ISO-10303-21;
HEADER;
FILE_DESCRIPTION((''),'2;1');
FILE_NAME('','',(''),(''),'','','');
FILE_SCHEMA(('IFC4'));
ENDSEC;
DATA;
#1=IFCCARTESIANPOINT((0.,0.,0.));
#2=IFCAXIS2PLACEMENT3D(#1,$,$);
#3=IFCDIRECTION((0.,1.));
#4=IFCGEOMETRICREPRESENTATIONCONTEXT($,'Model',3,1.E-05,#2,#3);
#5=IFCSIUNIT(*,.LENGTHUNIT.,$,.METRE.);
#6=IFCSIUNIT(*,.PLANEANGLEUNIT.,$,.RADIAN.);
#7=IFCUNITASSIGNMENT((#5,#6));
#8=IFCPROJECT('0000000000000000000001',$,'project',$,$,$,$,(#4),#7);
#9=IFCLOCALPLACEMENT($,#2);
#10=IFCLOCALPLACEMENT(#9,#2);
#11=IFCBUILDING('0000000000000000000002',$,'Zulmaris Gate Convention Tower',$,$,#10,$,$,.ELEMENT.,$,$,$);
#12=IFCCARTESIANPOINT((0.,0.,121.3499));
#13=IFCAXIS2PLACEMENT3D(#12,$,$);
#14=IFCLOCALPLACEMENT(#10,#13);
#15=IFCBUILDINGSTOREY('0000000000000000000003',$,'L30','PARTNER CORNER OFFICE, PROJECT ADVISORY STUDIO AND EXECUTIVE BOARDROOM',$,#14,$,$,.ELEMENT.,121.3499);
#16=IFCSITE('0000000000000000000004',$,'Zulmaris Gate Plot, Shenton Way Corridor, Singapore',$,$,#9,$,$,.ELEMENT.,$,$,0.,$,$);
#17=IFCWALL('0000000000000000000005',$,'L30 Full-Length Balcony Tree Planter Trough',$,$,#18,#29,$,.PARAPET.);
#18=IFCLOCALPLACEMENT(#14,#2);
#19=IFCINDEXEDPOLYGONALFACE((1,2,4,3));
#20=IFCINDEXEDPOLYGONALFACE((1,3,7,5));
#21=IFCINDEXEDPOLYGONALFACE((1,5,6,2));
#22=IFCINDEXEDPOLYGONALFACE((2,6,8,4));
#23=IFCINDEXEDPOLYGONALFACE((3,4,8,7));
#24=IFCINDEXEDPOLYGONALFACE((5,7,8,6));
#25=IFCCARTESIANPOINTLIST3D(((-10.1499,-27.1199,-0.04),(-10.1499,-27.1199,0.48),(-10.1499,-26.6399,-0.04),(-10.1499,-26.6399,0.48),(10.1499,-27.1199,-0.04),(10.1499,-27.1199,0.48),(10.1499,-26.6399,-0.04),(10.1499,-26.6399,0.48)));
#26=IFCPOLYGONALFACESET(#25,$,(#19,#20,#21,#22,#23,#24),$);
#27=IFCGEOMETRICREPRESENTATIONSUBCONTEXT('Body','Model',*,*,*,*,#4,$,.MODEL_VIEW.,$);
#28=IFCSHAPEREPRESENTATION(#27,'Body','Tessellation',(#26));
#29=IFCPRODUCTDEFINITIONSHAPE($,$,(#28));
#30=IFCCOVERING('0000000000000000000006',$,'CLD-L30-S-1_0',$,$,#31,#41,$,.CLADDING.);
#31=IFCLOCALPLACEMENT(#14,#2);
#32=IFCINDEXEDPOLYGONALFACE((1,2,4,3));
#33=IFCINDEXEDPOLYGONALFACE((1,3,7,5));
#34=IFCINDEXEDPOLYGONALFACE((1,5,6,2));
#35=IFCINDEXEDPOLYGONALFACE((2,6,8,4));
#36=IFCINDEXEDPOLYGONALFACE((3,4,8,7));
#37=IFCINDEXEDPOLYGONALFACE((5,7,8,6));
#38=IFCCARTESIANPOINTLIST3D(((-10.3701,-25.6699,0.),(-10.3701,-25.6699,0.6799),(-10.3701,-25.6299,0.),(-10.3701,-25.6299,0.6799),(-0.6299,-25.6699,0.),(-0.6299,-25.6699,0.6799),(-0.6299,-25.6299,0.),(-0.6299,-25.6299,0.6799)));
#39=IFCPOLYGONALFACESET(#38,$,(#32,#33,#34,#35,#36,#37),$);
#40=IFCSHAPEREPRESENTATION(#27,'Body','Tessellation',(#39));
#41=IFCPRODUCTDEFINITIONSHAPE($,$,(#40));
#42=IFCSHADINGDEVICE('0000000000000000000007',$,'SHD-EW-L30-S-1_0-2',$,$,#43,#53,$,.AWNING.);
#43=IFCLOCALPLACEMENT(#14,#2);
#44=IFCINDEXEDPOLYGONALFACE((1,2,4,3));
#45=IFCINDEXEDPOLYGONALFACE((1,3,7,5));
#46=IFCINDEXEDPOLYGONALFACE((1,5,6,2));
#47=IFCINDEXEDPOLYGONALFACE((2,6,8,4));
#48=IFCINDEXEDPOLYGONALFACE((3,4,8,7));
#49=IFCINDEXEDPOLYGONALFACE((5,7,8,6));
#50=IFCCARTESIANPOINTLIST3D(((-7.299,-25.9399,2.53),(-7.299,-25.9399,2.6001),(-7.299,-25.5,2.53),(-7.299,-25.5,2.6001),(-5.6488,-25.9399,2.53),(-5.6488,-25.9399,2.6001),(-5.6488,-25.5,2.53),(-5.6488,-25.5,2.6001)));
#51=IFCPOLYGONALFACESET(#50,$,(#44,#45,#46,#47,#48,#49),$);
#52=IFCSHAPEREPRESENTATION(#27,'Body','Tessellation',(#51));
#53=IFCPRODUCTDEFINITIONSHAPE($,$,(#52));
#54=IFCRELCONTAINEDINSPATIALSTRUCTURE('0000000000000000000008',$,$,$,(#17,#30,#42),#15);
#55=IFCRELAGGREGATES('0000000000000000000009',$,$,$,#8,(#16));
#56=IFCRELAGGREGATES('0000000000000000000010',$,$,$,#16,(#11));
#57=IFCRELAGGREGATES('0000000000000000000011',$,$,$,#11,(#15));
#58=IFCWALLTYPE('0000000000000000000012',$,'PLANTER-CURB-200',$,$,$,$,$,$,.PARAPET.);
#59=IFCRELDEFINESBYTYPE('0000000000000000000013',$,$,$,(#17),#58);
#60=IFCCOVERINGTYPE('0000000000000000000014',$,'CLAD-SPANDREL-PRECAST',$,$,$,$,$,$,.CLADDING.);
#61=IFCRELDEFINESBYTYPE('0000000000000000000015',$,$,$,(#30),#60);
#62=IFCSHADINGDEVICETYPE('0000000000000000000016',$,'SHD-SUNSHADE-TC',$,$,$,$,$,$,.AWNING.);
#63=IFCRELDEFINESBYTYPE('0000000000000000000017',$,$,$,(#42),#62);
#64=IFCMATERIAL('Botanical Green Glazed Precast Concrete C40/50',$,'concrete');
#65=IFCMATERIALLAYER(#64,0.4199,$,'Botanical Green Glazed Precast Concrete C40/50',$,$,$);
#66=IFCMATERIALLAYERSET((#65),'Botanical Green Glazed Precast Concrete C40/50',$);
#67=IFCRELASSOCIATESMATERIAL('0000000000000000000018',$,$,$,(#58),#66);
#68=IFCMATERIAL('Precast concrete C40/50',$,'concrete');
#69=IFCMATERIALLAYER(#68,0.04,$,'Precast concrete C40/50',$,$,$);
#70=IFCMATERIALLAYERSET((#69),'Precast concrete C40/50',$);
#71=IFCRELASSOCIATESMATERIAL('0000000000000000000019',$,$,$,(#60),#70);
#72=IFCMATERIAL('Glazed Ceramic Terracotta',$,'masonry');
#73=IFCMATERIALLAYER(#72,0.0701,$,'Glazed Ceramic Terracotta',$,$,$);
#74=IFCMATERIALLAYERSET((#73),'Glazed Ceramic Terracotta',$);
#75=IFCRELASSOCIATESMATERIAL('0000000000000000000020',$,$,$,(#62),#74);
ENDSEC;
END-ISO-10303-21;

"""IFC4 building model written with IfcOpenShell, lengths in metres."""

from ifc_helpers import new_model, si_unit, direction, frame, frame_2d, origin, place, context, subcontext, project, spatial, rectangle, extrude, material, layer, layer_set, type_object, element, save


model = new_model("IFC4")

# Units and contexts
model_context = context("Model", 3, precision=1e-05, world=origin(), true_north=direction((0.0, 1.0)))
body_context = subcontext(model_context, "Body", "Model", "MODEL_VIEW")
ifc_project = project(units=[si_unit("LENGTHUNIT", "METRE"), si_unit("PLANEANGLEUNIT", "RADIAN")], contexts=[model_context])

# Site, building, storey
site_placement = place(None, origin())
site = spatial("IfcSite", under=ifc_project, at=site_placement, Name="Zulmaris Gate Plot, Shenton Way Corridor, Singapore", CompositionType="ELEMENT", RefElevation=0.0)
building_placement = place(site_placement, origin())
building = spatial("IfcBuilding", under=site, at=building_placement, Name="Zulmaris Gate Convention Tower", CompositionType="ELEMENT")
storey_placement = place(building_placement, frame((0.0, 0.0, 121.3499)))
storey = spatial("IfcBuildingStorey", under=building, at=storey_placement, Name="L30", Description="PARTNER CORNER OFFICE, PROJECT ADVISORY STUDIO AND EXECUTIVE BOARDROOM", CompositionType="ELEMENT", Elevation=121.3499)

# Wall
ifc_material_1 = material(Name="Botanical Green Glazed Precast Concrete C40/50", Category="concrete")
ifc_layer_1 = layer(ifc_material_1, 0.4199, Name="Botanical Green Glazed Precast Concrete C40/50")
ifc_layer_set_1 = layer_set([ifc_layer_1], Name="Botanical Green Glazed Precast Concrete C40/50")
wall_type_1 = type_object("IfcWallType", Name="PLANTER-CURB-200", PredefinedType="PARAPET", material=ifc_layer_set_1)
wall_1_placement = place(storey_placement, frame((-10.1499, -26.8799, -0.04), z_axis=(0.0, 0.0, 1.0), x_axis=(1.0, 0.0, 0.0)))
element("IfcWall", 1, at=wall_1_placement, inside=storey, type_object=wall_type_1, Name="L30 Full-Length Balcony Tree Planter Trough", PredefinedType="PARAPET", context=body_context, shape_type="SweptSolid", body=[
    extrude(rectangle(XDim=20.2998, YDim=0.48, at=frame_2d((10.1499, 0.0))), origin(), (0.0, 0.0, 1.0), 0.52),
])

# Shared definitions
ifc_material_2 = material(Name="Precast concrete C40/50", Category="concrete")

# Covering
ifc_layer_2 = layer(ifc_material_2, 0.04, Name="Precast concrete C40/50")
ifc_layer_set_2 = layer_set([ifc_layer_2], Name="Precast concrete C40/50")
covering_type = type_object("IfcCoveringType", Name="CLAD-SPANDREL-PRECAST", PredefinedType="CLADDING", material=ifc_layer_set_2)
covering_placement = place(storey_placement, frame((-10.3701, -25.6499, 0.0), z_axis=(0.0, 0.0, 1.0), x_axis=(1.0, 0.0, 0.0)))
element("IfcCovering", 2, at=covering_placement, inside=storey, type_object=covering_type, Name="CLD-L30-S-1_0", PredefinedType="CLADDING", context=body_context, shape_type="SweptSolid", body=[
    extrude(rectangle(XDim=9.7402, YDim=0.04, at=frame_2d((4.8701, 0.0))), origin(), (0.0, 0.0, 1.0), 0.6799),
])

# Shading device
ifc_material_3 = material(Name="Glazed Ceramic Terracotta", Category="masonry")
ifc_layer_3 = layer(ifc_material_3, 0.0701, Name="Glazed Ceramic Terracotta")
ifc_layer_set_3 = layer_set([ifc_layer_3], Name="Glazed Ceramic Terracotta")
shading_device_type = type_object("IfcShadingDeviceType", Name="SHD-SUNSHADE-TC", PredefinedType="AWNING", material=ifc_layer_set_3)
shading_device_placement = place(storey_placement, frame((-7.2991, -25.72, 2.53), z_axis=(0.0, 0.0, 1.0), x_axis=(1.0, 0.0, 0.0)))
element("IfcShadingDevice", 3, at=shading_device_placement, inside=storey, type_object=shading_device_type, Name="SHD-EW-L30-S-1_0-2", PredefinedType="AWNING", context=body_context, shape_type="SweptSolid", body=[
    extrude(rectangle(XDim=1.6501, YDim=0.4399, at=frame_2d((0.8252, 0.0))), origin(), (0.0, 0.0, 1.0), 0.0701),
])

save(model, "model.ifc")
